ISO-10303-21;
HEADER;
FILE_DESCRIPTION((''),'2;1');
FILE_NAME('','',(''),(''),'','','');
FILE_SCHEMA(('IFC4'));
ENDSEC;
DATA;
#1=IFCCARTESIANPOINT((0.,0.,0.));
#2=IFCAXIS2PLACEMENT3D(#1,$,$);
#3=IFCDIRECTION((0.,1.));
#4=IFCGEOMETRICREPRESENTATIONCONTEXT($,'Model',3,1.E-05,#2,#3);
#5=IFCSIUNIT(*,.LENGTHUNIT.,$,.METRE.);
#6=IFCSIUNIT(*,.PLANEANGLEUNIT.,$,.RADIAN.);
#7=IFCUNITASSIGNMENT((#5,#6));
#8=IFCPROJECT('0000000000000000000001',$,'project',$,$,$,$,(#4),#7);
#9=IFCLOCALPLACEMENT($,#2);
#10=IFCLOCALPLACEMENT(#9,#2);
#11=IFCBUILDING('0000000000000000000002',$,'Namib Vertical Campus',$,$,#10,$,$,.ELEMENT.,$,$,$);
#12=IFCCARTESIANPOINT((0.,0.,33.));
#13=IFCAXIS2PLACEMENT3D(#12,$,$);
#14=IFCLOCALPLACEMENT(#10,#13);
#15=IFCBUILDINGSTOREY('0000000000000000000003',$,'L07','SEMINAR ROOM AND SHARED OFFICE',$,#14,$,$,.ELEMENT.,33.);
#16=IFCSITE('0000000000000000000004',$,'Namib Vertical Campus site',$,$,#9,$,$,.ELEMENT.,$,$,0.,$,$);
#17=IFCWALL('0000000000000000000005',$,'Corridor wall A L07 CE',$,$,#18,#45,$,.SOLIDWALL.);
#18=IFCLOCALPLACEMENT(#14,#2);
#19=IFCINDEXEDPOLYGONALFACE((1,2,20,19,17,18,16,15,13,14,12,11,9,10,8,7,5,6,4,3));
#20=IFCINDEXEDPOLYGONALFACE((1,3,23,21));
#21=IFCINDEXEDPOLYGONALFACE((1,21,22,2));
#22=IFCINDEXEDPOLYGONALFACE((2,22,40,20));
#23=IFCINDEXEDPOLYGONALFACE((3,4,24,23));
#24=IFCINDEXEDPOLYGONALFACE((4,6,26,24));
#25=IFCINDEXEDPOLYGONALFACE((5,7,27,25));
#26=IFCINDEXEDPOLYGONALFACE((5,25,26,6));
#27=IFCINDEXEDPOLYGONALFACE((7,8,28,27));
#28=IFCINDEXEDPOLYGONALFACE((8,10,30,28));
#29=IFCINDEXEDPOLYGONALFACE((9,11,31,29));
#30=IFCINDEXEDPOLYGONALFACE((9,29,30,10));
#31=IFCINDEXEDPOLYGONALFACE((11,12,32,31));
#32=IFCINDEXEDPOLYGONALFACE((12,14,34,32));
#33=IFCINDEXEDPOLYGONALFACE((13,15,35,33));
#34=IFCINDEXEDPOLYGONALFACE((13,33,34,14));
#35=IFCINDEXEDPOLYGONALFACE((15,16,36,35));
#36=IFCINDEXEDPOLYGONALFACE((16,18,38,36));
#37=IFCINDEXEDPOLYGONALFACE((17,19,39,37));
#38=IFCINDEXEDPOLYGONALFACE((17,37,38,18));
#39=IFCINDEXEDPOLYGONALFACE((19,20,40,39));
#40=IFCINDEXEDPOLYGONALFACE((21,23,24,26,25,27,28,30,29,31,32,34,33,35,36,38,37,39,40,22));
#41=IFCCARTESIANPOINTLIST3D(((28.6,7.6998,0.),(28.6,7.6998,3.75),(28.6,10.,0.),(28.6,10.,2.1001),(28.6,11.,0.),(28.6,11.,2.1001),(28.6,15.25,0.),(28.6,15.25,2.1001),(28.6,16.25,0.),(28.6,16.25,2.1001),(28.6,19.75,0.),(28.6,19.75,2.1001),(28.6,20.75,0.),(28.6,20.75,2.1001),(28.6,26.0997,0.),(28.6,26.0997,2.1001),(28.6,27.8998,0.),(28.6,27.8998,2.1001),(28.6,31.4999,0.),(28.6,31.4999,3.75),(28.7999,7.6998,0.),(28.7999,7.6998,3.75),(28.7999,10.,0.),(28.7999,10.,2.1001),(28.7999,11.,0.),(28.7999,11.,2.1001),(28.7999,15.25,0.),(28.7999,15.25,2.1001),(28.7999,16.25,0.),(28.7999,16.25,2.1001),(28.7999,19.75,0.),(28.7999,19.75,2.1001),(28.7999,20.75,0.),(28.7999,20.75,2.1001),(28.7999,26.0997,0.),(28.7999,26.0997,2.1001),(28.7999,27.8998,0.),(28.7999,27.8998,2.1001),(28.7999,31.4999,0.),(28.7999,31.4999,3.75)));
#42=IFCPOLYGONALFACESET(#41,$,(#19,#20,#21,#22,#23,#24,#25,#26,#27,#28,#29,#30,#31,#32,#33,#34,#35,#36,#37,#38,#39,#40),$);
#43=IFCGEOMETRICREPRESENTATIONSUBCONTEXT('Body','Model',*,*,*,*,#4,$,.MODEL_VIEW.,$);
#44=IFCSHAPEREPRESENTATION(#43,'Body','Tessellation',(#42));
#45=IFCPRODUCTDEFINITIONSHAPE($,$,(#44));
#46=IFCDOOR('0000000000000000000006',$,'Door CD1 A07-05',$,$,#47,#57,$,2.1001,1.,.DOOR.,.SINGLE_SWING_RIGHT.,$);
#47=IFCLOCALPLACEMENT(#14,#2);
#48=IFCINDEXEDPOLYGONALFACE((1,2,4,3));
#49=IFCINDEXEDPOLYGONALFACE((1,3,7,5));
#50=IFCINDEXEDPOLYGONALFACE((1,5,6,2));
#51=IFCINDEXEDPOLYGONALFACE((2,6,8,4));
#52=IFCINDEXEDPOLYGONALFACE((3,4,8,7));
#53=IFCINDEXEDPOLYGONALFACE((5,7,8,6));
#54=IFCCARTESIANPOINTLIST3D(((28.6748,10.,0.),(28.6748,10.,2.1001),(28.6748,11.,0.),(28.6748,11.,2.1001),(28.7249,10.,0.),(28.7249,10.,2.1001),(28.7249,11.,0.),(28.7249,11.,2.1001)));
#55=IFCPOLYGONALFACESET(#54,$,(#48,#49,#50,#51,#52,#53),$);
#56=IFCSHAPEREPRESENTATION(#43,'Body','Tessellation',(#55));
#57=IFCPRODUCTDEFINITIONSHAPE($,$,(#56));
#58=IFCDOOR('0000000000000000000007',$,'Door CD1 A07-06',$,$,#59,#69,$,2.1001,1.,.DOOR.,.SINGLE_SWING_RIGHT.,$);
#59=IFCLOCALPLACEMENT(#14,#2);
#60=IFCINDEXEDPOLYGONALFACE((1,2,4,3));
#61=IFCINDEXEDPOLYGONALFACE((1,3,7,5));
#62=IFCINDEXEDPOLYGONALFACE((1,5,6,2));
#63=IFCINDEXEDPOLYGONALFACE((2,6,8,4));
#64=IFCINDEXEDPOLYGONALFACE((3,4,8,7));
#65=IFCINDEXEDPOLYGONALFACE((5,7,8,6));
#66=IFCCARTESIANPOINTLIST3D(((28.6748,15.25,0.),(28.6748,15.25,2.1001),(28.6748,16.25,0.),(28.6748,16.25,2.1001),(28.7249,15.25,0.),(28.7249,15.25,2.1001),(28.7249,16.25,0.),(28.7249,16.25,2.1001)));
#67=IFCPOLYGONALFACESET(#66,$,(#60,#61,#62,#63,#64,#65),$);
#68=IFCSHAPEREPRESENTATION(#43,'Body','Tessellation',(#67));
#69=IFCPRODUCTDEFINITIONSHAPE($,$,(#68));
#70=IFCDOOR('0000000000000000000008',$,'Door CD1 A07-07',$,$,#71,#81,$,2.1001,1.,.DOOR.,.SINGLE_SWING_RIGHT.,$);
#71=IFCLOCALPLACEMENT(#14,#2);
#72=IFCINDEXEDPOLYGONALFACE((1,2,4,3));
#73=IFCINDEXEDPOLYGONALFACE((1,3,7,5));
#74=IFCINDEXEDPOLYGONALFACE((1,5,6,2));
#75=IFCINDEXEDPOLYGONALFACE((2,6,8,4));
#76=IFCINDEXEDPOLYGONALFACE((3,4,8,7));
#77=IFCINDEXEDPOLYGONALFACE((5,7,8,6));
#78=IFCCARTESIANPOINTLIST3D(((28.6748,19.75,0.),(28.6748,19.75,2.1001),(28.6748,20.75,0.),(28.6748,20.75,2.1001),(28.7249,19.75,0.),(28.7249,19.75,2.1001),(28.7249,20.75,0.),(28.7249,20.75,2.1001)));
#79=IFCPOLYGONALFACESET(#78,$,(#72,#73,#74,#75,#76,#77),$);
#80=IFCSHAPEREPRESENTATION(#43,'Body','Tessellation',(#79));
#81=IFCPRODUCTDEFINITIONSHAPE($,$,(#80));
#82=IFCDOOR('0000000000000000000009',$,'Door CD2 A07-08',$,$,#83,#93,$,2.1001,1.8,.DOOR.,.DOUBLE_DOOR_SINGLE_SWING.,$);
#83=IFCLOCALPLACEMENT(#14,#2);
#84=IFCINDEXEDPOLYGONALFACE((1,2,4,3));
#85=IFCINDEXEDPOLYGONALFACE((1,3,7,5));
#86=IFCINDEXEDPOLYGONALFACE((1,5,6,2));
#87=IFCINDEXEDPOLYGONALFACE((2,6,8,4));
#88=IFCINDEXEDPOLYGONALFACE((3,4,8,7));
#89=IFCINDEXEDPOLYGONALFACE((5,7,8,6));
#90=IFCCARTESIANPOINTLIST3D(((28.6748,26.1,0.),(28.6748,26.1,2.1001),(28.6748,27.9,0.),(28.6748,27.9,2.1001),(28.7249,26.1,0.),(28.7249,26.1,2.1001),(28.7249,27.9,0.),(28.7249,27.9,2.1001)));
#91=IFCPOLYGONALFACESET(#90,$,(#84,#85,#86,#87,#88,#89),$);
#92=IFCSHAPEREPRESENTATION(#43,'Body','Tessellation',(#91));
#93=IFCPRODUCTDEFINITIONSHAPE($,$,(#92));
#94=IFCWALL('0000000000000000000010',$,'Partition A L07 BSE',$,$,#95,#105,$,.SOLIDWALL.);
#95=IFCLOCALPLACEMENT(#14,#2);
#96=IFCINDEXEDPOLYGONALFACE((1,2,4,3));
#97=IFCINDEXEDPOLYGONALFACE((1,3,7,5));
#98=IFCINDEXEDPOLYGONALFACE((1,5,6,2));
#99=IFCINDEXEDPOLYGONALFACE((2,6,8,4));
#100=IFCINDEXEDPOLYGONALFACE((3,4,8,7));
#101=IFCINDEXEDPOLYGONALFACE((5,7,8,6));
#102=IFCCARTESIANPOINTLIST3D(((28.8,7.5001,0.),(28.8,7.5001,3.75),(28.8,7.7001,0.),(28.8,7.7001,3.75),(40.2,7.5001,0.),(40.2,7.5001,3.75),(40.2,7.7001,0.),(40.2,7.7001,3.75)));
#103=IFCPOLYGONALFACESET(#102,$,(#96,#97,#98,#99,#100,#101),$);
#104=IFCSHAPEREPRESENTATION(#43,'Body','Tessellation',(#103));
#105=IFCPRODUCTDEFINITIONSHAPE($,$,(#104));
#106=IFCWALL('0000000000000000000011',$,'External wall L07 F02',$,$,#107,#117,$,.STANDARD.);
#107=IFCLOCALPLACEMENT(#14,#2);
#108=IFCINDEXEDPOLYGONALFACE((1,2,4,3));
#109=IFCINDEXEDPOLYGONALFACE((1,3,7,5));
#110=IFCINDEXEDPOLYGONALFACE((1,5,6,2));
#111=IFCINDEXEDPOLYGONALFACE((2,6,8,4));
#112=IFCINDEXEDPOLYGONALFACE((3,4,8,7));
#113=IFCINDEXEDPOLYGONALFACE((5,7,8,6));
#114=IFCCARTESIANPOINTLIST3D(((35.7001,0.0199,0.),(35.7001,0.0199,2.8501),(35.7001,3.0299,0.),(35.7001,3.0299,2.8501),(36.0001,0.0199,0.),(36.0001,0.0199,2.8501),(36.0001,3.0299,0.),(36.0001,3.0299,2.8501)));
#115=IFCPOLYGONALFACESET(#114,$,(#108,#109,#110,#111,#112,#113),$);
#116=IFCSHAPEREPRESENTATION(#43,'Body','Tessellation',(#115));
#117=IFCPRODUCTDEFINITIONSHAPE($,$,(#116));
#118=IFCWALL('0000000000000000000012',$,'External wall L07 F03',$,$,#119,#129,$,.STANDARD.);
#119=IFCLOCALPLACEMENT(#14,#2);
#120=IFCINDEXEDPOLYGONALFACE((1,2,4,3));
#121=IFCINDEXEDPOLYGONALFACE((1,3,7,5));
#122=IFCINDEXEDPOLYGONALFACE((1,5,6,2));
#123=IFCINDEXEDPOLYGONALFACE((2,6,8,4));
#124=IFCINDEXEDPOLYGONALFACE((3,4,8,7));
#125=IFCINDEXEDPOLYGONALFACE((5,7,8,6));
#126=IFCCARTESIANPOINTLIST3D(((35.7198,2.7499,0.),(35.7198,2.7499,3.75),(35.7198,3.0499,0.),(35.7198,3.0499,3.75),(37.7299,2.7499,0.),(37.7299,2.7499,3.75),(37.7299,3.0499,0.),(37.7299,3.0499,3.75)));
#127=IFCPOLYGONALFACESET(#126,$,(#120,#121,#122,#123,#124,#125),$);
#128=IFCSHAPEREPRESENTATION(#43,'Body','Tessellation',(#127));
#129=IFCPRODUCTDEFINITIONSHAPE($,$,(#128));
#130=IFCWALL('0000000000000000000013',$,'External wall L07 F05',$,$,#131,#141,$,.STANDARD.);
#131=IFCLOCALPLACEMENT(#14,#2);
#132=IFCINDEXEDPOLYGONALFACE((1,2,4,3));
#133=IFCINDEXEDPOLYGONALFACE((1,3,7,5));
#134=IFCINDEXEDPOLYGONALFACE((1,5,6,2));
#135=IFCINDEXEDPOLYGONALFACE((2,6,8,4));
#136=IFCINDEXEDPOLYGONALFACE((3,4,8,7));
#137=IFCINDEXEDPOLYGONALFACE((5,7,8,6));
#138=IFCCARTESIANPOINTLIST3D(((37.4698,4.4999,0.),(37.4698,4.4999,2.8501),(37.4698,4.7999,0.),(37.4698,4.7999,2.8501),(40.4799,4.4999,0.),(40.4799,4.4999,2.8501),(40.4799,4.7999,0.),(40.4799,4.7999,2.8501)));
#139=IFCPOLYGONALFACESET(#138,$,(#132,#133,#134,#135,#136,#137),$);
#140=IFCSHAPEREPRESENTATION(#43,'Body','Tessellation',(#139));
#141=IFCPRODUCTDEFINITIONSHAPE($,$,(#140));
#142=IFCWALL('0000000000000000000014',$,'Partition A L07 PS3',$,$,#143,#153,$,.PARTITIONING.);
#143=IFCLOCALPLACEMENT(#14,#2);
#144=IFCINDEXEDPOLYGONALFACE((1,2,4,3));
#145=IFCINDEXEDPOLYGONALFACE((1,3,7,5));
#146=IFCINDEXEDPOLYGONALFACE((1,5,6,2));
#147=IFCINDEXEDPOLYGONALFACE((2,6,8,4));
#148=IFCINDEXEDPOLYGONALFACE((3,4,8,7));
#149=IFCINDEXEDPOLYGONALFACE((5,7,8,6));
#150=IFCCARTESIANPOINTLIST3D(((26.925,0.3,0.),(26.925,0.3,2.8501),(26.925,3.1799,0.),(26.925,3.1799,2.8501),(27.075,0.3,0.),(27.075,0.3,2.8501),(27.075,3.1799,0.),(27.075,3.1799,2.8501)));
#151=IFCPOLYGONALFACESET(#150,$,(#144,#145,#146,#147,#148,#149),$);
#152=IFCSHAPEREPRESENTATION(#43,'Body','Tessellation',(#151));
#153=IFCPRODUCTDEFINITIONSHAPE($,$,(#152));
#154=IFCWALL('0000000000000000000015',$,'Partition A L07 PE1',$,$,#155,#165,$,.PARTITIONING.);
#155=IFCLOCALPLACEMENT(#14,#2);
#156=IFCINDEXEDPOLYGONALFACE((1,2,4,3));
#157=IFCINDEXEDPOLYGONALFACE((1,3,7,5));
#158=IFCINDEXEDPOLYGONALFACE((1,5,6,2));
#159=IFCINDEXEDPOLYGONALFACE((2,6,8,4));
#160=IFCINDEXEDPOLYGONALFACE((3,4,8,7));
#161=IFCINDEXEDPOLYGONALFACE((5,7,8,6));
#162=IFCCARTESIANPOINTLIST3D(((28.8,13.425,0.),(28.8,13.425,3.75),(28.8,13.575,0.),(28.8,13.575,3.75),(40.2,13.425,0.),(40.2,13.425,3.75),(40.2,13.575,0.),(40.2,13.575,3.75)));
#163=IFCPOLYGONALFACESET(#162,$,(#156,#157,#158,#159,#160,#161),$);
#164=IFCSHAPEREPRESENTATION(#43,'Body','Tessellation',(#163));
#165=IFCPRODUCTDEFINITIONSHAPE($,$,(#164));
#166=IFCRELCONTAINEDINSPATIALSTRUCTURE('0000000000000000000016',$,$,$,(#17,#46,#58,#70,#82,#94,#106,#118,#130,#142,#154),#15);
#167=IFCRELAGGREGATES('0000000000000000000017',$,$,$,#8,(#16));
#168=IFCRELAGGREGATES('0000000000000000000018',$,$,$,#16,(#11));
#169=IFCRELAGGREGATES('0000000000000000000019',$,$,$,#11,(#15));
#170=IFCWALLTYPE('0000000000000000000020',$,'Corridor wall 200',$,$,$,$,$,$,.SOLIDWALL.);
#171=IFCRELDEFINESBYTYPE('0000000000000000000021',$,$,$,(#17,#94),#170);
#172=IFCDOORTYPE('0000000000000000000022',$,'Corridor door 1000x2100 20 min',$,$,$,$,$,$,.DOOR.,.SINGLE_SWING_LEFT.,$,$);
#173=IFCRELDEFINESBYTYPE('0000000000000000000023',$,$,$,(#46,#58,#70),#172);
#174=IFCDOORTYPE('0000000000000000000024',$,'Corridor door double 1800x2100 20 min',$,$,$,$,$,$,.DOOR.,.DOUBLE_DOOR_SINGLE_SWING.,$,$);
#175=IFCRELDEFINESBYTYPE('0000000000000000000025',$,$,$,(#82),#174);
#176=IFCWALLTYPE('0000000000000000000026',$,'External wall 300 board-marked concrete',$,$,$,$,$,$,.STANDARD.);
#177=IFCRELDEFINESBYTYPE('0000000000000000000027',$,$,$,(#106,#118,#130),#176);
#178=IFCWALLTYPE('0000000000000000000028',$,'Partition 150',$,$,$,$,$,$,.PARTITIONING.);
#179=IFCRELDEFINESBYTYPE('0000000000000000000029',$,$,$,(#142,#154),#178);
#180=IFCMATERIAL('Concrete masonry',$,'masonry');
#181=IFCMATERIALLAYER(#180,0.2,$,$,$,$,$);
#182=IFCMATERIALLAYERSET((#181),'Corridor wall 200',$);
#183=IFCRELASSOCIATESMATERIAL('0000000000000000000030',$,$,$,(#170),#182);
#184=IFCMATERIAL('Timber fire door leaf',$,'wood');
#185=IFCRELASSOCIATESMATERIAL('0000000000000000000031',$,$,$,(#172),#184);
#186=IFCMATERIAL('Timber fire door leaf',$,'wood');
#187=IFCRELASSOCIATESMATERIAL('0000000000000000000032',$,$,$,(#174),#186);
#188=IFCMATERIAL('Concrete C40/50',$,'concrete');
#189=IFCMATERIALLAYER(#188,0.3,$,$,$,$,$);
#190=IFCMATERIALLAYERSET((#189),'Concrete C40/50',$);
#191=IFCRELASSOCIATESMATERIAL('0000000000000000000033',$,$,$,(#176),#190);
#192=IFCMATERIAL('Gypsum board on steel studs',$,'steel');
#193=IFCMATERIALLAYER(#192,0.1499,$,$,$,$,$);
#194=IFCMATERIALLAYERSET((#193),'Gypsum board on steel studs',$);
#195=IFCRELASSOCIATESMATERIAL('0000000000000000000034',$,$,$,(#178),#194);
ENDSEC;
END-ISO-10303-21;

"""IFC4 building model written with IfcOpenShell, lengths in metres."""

from ifc_helpers import new_model, si_unit, direction, frame, frame_2d, origin, place, context, subcontext, project, spatial, rectangle, extrude, material, layer, layer_set, type_object, element, fill, save


model = new_model("IFC4")

# Units and contexts
model_context = context("Model", 3, precision=1e-05, world=origin(), true_north=direction((0.0, 1.0)))
body_context = subcontext(model_context, "Body", "Model", "MODEL_VIEW")
ifc_project = project(units=[si_unit("LENGTHUNIT", "METRE"), si_unit("PLANEANGLEUNIT", "RADIAN")], contexts=[model_context])

# Site, building, storey
site_placement = place(None, origin())
site = spatial("IfcSite", under=ifc_project, at=site_placement, Name="Namib Vertical Campus site", CompositionType="ELEMENT", RefElevation=0.0)
building_placement = place(site_placement, origin())
building = spatial("IfcBuilding", under=site, at=building_placement, Name="Namib Vertical Campus", CompositionType="ELEMENT")
storey_placement = place(building_placement, frame((0.0, 0.0, 33.0)))
storey = spatial("IfcBuildingStorey", under=building, at=storey_placement, Name="L07", Description="SEMINAR ROOM AND SHARED OFFICE", CompositionType="ELEMENT", Elevation=33.0)

# Wall, openings, doors
ifc_material_1 = material(Name="Concrete masonry", Category="masonry")
ifc_layer_1 = layer(ifc_material_1, 0.2)
ifc_layer_set_1 = layer_set([ifc_layer_1], Name="Corridor wall 200")
wall_type_1 = type_object("IfcWallType", Name="Corridor wall 200", PredefinedType="SOLIDWALL", material=ifc_layer_set_1)
wall_1_placement = place(storey_placement, frame((28.7, 7.7, 0.0), z_axis=(0.0, 0.0, 1.0), x_axis=(0.0, 1.0, 0.0)))
wall_1 = element("IfcWall", 1, at=wall_1_placement, inside=storey, type_object=wall_type_1, Name="Corridor wall A L07 CE", PredefinedType="SOLIDWALL", context=body_context, shape_type="SweptSolid", body=[
    extrude(rectangle(XDim=23.8, YDim=0.2, at=frame_2d((11.8999, 0.0))), origin(), (0.0, 0.0, 1.0), 3.75),
])
opening_1_placement = place(wall_1_placement, frame((2.3, 0.0, 0.0)))
opening_1 = element("IfcOpeningElement", 2, at=opening_1_placement, cuts=wall_1, PredefinedType="OPENING", context=body_context, shape_type="SweptSolid", body=[
    extrude(rectangle(XDim=1.0, YDim=2.1001, at=frame_2d((0.5, 1.05))), frame((0.0, 0.1099, 0.0), z_axis=(0.0, -1.0, 0.0), x_axis=(1.0, 0.0, 0.0)), (0.0, 0.0, 1.0), 0.22),
])
opening_2_placement = place(wall_1_placement, frame((7.55, 0.0, 0.0)))
opening_2 = element("IfcOpeningElement", 3, at=opening_2_placement, cuts=wall_1, PredefinedType="OPENING", context=body_context, shape_type="SweptSolid", body=[
    extrude(rectangle(XDim=1.0, YDim=2.1001, at=frame_2d((0.5, 1.05))), frame((0.0, 0.1099, 0.0), z_axis=(0.0, -1.0, 0.0), x_axis=(1.0, 0.0, 0.0)), (0.0, 0.0, 1.0), 0.22),
])
opening_3_placement = place(wall_1_placement, frame((12.05, 0.0, 0.0)))
opening_3 = element("IfcOpeningElement", 4, at=opening_3_placement, cuts=wall_1, PredefinedType="OPENING", context=body_context, shape_type="SweptSolid", body=[
    extrude(rectangle(XDim=1.0, YDim=2.1001, at=frame_2d((0.5, 1.05))), frame((0.0, 0.1099, 0.0), z_axis=(0.0, -1.0, 0.0), x_axis=(1.0, 0.0, 0.0)), (0.0, 0.0, 1.0), 0.22),
])
opening_4_placement = place(wall_1_placement, frame((18.3999, 0.0, 0.0)))
opening_4 = element("IfcOpeningElement", 5, at=opening_4_placement, cuts=wall_1, PredefinedType="OPENING", context=body_context, shape_type="SweptSolid", body=[
    extrude(rectangle(XDim=1.8, YDim=2.1001, at=frame_2d((0.8999, 1.05))), frame((0.0, 0.1099, 0.0), z_axis=(0.0, -1.0, 0.0), x_axis=(1.0, 0.0, 0.0)), (0.0, 0.0, 1.0), 0.22),
])
ifc_material_2 = material(Name="Timber fire door leaf", Category="wood")
door_type_1 = type_object("IfcDoorType", Name="Corridor door 1000x2100 20 min", OperationType="SINGLE_SWING_LEFT", PredefinedType="DOOR", material=ifc_material_2)
door_1_placement = place(opening_1_placement, frame((1.0, 0.0, 0.0), z_axis=(0.0, 0.0, 1.0), x_axis=(-1.0, 0.0, 0.0)))
door_1 = element("IfcDoor", 6, at=door_1_placement, inside=storey, type_object=door_type_1, Name="Door CD1 A07-05", OperationType="SINGLE_SWING_RIGHT", OverallHeight=2.1001, OverallWidth=1.0, PredefinedType="DOOR", context=body_context, shape_type="SweptSolid", body=[
    extrude(rectangle(XDim=1.0, YDim=2.1001, at=frame_2d((0.5, 1.05))), frame((0.0, 0.0249, 0.0), z_axis=(0.0, -1.0, 0.0), x_axis=(1.0, 0.0, 0.0)), (0.0, 0.0, 1.0), 0.05),
])
fill(opening_1, door_1)
door_2_placement = place(opening_2_placement, frame((1.0, 0.0, 0.0), z_axis=(0.0, 0.0, 1.0), x_axis=(-1.0, 0.0, 0.0)))
door_2 = element("IfcDoor", 7, at=door_2_placement, inside=storey, type_object=door_type_1, Name="Door CD1 A07-06", OperationType="SINGLE_SWING_RIGHT", OverallHeight=2.1001, OverallWidth=1.0, PredefinedType="DOOR", context=body_context, shape_type="SweptSolid", body=[
    extrude(rectangle(XDim=1.0, YDim=2.1001, at=frame_2d((0.5, 1.05))), frame((0.0, 0.0249, 0.0), z_axis=(0.0, -1.0, 0.0), x_axis=(1.0, 0.0, 0.0)), (0.0, 0.0, 1.0), 0.05),
])
fill(opening_2, door_2)
door_3_placement = place(opening_3_placement, frame((1.0, 0.0, 0.0), z_axis=(0.0, 0.0, 1.0), x_axis=(-1.0, 0.0, 0.0)))
door_3 = element("IfcDoor", 8, at=door_3_placement, inside=storey, type_object=door_type_1, Name="Door CD1 A07-07", OperationType="SINGLE_SWING_RIGHT", OverallHeight=2.1001, OverallWidth=1.0, PredefinedType="DOOR", context=body_context, shape_type="SweptSolid", body=[
    extrude(rectangle(XDim=1.0, YDim=2.1001, at=frame_2d((0.5, 1.05))), frame((0.0, 0.0249, 0.0), z_axis=(0.0, -1.0, 0.0), x_axis=(1.0, 0.0, 0.0)), (0.0, 0.0, 1.0), 0.05),
])
fill(opening_3, door_3)
ifc_material_3 = material(Name="Timber fire door leaf", Category="wood")
door_type_2 = type_object("IfcDoorType", Name="Corridor door double 1800x2100 20 min", OperationType="DOUBLE_DOOR_SINGLE_SWING", PredefinedType="DOOR", material=ifc_material_3)
door_4_placement = place(opening_4_placement, frame((1.8, 0.0, 0.0), z_axis=(0.0, 0.0, 1.0), x_axis=(-1.0, 0.0, 0.0)))
door_4 = element("IfcDoor", 9, at=door_4_placement, inside=storey, type_object=door_type_2, Name="Door CD2 A07-08", OperationType="DOUBLE_DOOR_SINGLE_SWING", OverallHeight=2.1001, OverallWidth=1.8, PredefinedType="DOOR", context=body_context, shape_type="SweptSolid", body=[
    extrude(rectangle(XDim=1.8, YDim=2.1001, at=frame_2d((0.8999, 1.05))), frame((0.0, 0.0249, 0.0), z_axis=(0.0, -1.0, 0.0), x_axis=(1.0, 0.0, 0.0)), (0.0, 0.0, 1.0), 0.05),
])
fill(opening_4, door_4)

# Walls
wall_2_placement = place(storey_placement, frame((28.8, 7.6001, 0.0), z_axis=(0.0, 0.0, 1.0), x_axis=(1.0, 0.0, 0.0)))
element("IfcWall", 10, at=wall_2_placement, inside=storey, type_object=wall_type_1, Name="Partition A L07 BSE", PredefinedType="SOLIDWALL", context=body_context, shape_type="SweptSolid", body=[
    extrude(rectangle(XDim=11.3999, YDim=0.2, at=frame_2d((5.7, 0.0))), origin(), (0.0, 0.0, 1.0), 3.75),
])
ifc_material_4 = material(Name="Concrete C40/50", Category="concrete")
ifc_layer_2 = layer(ifc_material_4, 0.3)
ifc_layer_set_2 = layer_set([ifc_layer_2], Name="Concrete C40/50")
wall_type_2 = type_object("IfcWallType", Name="External wall 300 board-marked concrete", PredefinedType="STANDARD", material=ifc_layer_set_2)
wall_3_placement = place(storey_placement, frame((35.8501, 0.02, 0.0), z_axis=(0.0, 0.0, 1.0), x_axis=(0.0, 1.0, 0.0)))
element("IfcWall", 11, at=wall_3_placement, inside=storey, type_object=wall_type_2, Name="External wall L07 F02", PredefinedType="STANDARD", context=body_context, shape_type="SweptSolid", body=[
    extrude(rectangle(XDim=3.01, YDim=0.3, at=frame_2d((1.5049, 0.0))), origin(), (0.0, 0.0, 1.0), 2.8501),
])
wall_4_placement = place(storey_placement, frame((35.72, 2.8999, 0.0), z_axis=(0.0, 0.0, 1.0), x_axis=(1.0, 0.0, 0.0)))
element("IfcWall", 12, at=wall_4_placement, inside=storey, type_object=wall_type_2, Name="External wall L07 F03", PredefinedType="STANDARD", context=body_context, shape_type="SweptSolid", body=[
    extrude(rectangle(XDim=2.01, YDim=0.3, at=frame_2d((1.0049, 0.0))), origin(), (0.0, 0.0, 1.0), 3.75),
])
wall_5_placement = place(storey_placement, frame((37.47, 4.6499, 0.0), z_axis=(0.0, 0.0, 1.0), x_axis=(1.0, 0.0, 0.0)))
element("IfcWall", 13, at=wall_5_placement, inside=storey, type_object=wall_type_2, Name="External wall L07 F05", PredefinedType="STANDARD", context=body_context, shape_type="SweptSolid", body=[
    extrude(rectangle(XDim=3.01, YDim=0.3, at=frame_2d((1.5049, 0.0))), origin(), (0.0, 0.0, 1.0), 2.8501),
])
ifc_material_5 = material(Name="Gypsum board on steel studs", Category="steel")
ifc_layer_3 = layer(ifc_material_5, 0.1499)
ifc_layer_set_3 = layer_set([ifc_layer_3], Name="Gypsum board on steel studs")
wall_type_3 = type_object("IfcWallType", Name="Partition 150", PredefinedType="PARTITIONING", material=ifc_layer_set_3)
wall_6_placement = place(storey_placement, frame((27.0, 0.3, 0.0), z_axis=(0.0, 0.0, 1.0), x_axis=(0.0, 1.0, 0.0)))
element("IfcWall", 14, at=wall_6_placement, inside=storey, type_object=wall_type_3, Name="Partition A L07 PS3", PredefinedType="PARTITIONING", context=body_context, shape_type="SweptSolid", body=[
    extrude(rectangle(XDim=2.8799, YDim=0.1499, at=frame_2d((1.4399, 0.0))), origin(), (0.0, 0.0, 1.0), 2.8501),
])
for number, where, z_axis, x_axis, name in (
    (15, (28.8, 13.5, 0.0), (0.0, 0.0, 1.0), (1.0, 0.0, 0.0), "Partition A L07 PE1"),
):
    element("IfcWall", number, at=place(storey_placement, frame(where, z_axis=z_axis, x_axis=x_axis)), inside=storey, type_object=wall_type_3, Name=name, PredefinedType="PARTITIONING", context=body_context, shape_type="SweptSolid", body=[
        extrude(rectangle(XDim=11.3999, YDim=0.1499, at=frame_2d((5.7, 0.0))), origin(), (0.0, 0.0, 1.0), 3.75),
    ])

save(model, "model.ifc")
